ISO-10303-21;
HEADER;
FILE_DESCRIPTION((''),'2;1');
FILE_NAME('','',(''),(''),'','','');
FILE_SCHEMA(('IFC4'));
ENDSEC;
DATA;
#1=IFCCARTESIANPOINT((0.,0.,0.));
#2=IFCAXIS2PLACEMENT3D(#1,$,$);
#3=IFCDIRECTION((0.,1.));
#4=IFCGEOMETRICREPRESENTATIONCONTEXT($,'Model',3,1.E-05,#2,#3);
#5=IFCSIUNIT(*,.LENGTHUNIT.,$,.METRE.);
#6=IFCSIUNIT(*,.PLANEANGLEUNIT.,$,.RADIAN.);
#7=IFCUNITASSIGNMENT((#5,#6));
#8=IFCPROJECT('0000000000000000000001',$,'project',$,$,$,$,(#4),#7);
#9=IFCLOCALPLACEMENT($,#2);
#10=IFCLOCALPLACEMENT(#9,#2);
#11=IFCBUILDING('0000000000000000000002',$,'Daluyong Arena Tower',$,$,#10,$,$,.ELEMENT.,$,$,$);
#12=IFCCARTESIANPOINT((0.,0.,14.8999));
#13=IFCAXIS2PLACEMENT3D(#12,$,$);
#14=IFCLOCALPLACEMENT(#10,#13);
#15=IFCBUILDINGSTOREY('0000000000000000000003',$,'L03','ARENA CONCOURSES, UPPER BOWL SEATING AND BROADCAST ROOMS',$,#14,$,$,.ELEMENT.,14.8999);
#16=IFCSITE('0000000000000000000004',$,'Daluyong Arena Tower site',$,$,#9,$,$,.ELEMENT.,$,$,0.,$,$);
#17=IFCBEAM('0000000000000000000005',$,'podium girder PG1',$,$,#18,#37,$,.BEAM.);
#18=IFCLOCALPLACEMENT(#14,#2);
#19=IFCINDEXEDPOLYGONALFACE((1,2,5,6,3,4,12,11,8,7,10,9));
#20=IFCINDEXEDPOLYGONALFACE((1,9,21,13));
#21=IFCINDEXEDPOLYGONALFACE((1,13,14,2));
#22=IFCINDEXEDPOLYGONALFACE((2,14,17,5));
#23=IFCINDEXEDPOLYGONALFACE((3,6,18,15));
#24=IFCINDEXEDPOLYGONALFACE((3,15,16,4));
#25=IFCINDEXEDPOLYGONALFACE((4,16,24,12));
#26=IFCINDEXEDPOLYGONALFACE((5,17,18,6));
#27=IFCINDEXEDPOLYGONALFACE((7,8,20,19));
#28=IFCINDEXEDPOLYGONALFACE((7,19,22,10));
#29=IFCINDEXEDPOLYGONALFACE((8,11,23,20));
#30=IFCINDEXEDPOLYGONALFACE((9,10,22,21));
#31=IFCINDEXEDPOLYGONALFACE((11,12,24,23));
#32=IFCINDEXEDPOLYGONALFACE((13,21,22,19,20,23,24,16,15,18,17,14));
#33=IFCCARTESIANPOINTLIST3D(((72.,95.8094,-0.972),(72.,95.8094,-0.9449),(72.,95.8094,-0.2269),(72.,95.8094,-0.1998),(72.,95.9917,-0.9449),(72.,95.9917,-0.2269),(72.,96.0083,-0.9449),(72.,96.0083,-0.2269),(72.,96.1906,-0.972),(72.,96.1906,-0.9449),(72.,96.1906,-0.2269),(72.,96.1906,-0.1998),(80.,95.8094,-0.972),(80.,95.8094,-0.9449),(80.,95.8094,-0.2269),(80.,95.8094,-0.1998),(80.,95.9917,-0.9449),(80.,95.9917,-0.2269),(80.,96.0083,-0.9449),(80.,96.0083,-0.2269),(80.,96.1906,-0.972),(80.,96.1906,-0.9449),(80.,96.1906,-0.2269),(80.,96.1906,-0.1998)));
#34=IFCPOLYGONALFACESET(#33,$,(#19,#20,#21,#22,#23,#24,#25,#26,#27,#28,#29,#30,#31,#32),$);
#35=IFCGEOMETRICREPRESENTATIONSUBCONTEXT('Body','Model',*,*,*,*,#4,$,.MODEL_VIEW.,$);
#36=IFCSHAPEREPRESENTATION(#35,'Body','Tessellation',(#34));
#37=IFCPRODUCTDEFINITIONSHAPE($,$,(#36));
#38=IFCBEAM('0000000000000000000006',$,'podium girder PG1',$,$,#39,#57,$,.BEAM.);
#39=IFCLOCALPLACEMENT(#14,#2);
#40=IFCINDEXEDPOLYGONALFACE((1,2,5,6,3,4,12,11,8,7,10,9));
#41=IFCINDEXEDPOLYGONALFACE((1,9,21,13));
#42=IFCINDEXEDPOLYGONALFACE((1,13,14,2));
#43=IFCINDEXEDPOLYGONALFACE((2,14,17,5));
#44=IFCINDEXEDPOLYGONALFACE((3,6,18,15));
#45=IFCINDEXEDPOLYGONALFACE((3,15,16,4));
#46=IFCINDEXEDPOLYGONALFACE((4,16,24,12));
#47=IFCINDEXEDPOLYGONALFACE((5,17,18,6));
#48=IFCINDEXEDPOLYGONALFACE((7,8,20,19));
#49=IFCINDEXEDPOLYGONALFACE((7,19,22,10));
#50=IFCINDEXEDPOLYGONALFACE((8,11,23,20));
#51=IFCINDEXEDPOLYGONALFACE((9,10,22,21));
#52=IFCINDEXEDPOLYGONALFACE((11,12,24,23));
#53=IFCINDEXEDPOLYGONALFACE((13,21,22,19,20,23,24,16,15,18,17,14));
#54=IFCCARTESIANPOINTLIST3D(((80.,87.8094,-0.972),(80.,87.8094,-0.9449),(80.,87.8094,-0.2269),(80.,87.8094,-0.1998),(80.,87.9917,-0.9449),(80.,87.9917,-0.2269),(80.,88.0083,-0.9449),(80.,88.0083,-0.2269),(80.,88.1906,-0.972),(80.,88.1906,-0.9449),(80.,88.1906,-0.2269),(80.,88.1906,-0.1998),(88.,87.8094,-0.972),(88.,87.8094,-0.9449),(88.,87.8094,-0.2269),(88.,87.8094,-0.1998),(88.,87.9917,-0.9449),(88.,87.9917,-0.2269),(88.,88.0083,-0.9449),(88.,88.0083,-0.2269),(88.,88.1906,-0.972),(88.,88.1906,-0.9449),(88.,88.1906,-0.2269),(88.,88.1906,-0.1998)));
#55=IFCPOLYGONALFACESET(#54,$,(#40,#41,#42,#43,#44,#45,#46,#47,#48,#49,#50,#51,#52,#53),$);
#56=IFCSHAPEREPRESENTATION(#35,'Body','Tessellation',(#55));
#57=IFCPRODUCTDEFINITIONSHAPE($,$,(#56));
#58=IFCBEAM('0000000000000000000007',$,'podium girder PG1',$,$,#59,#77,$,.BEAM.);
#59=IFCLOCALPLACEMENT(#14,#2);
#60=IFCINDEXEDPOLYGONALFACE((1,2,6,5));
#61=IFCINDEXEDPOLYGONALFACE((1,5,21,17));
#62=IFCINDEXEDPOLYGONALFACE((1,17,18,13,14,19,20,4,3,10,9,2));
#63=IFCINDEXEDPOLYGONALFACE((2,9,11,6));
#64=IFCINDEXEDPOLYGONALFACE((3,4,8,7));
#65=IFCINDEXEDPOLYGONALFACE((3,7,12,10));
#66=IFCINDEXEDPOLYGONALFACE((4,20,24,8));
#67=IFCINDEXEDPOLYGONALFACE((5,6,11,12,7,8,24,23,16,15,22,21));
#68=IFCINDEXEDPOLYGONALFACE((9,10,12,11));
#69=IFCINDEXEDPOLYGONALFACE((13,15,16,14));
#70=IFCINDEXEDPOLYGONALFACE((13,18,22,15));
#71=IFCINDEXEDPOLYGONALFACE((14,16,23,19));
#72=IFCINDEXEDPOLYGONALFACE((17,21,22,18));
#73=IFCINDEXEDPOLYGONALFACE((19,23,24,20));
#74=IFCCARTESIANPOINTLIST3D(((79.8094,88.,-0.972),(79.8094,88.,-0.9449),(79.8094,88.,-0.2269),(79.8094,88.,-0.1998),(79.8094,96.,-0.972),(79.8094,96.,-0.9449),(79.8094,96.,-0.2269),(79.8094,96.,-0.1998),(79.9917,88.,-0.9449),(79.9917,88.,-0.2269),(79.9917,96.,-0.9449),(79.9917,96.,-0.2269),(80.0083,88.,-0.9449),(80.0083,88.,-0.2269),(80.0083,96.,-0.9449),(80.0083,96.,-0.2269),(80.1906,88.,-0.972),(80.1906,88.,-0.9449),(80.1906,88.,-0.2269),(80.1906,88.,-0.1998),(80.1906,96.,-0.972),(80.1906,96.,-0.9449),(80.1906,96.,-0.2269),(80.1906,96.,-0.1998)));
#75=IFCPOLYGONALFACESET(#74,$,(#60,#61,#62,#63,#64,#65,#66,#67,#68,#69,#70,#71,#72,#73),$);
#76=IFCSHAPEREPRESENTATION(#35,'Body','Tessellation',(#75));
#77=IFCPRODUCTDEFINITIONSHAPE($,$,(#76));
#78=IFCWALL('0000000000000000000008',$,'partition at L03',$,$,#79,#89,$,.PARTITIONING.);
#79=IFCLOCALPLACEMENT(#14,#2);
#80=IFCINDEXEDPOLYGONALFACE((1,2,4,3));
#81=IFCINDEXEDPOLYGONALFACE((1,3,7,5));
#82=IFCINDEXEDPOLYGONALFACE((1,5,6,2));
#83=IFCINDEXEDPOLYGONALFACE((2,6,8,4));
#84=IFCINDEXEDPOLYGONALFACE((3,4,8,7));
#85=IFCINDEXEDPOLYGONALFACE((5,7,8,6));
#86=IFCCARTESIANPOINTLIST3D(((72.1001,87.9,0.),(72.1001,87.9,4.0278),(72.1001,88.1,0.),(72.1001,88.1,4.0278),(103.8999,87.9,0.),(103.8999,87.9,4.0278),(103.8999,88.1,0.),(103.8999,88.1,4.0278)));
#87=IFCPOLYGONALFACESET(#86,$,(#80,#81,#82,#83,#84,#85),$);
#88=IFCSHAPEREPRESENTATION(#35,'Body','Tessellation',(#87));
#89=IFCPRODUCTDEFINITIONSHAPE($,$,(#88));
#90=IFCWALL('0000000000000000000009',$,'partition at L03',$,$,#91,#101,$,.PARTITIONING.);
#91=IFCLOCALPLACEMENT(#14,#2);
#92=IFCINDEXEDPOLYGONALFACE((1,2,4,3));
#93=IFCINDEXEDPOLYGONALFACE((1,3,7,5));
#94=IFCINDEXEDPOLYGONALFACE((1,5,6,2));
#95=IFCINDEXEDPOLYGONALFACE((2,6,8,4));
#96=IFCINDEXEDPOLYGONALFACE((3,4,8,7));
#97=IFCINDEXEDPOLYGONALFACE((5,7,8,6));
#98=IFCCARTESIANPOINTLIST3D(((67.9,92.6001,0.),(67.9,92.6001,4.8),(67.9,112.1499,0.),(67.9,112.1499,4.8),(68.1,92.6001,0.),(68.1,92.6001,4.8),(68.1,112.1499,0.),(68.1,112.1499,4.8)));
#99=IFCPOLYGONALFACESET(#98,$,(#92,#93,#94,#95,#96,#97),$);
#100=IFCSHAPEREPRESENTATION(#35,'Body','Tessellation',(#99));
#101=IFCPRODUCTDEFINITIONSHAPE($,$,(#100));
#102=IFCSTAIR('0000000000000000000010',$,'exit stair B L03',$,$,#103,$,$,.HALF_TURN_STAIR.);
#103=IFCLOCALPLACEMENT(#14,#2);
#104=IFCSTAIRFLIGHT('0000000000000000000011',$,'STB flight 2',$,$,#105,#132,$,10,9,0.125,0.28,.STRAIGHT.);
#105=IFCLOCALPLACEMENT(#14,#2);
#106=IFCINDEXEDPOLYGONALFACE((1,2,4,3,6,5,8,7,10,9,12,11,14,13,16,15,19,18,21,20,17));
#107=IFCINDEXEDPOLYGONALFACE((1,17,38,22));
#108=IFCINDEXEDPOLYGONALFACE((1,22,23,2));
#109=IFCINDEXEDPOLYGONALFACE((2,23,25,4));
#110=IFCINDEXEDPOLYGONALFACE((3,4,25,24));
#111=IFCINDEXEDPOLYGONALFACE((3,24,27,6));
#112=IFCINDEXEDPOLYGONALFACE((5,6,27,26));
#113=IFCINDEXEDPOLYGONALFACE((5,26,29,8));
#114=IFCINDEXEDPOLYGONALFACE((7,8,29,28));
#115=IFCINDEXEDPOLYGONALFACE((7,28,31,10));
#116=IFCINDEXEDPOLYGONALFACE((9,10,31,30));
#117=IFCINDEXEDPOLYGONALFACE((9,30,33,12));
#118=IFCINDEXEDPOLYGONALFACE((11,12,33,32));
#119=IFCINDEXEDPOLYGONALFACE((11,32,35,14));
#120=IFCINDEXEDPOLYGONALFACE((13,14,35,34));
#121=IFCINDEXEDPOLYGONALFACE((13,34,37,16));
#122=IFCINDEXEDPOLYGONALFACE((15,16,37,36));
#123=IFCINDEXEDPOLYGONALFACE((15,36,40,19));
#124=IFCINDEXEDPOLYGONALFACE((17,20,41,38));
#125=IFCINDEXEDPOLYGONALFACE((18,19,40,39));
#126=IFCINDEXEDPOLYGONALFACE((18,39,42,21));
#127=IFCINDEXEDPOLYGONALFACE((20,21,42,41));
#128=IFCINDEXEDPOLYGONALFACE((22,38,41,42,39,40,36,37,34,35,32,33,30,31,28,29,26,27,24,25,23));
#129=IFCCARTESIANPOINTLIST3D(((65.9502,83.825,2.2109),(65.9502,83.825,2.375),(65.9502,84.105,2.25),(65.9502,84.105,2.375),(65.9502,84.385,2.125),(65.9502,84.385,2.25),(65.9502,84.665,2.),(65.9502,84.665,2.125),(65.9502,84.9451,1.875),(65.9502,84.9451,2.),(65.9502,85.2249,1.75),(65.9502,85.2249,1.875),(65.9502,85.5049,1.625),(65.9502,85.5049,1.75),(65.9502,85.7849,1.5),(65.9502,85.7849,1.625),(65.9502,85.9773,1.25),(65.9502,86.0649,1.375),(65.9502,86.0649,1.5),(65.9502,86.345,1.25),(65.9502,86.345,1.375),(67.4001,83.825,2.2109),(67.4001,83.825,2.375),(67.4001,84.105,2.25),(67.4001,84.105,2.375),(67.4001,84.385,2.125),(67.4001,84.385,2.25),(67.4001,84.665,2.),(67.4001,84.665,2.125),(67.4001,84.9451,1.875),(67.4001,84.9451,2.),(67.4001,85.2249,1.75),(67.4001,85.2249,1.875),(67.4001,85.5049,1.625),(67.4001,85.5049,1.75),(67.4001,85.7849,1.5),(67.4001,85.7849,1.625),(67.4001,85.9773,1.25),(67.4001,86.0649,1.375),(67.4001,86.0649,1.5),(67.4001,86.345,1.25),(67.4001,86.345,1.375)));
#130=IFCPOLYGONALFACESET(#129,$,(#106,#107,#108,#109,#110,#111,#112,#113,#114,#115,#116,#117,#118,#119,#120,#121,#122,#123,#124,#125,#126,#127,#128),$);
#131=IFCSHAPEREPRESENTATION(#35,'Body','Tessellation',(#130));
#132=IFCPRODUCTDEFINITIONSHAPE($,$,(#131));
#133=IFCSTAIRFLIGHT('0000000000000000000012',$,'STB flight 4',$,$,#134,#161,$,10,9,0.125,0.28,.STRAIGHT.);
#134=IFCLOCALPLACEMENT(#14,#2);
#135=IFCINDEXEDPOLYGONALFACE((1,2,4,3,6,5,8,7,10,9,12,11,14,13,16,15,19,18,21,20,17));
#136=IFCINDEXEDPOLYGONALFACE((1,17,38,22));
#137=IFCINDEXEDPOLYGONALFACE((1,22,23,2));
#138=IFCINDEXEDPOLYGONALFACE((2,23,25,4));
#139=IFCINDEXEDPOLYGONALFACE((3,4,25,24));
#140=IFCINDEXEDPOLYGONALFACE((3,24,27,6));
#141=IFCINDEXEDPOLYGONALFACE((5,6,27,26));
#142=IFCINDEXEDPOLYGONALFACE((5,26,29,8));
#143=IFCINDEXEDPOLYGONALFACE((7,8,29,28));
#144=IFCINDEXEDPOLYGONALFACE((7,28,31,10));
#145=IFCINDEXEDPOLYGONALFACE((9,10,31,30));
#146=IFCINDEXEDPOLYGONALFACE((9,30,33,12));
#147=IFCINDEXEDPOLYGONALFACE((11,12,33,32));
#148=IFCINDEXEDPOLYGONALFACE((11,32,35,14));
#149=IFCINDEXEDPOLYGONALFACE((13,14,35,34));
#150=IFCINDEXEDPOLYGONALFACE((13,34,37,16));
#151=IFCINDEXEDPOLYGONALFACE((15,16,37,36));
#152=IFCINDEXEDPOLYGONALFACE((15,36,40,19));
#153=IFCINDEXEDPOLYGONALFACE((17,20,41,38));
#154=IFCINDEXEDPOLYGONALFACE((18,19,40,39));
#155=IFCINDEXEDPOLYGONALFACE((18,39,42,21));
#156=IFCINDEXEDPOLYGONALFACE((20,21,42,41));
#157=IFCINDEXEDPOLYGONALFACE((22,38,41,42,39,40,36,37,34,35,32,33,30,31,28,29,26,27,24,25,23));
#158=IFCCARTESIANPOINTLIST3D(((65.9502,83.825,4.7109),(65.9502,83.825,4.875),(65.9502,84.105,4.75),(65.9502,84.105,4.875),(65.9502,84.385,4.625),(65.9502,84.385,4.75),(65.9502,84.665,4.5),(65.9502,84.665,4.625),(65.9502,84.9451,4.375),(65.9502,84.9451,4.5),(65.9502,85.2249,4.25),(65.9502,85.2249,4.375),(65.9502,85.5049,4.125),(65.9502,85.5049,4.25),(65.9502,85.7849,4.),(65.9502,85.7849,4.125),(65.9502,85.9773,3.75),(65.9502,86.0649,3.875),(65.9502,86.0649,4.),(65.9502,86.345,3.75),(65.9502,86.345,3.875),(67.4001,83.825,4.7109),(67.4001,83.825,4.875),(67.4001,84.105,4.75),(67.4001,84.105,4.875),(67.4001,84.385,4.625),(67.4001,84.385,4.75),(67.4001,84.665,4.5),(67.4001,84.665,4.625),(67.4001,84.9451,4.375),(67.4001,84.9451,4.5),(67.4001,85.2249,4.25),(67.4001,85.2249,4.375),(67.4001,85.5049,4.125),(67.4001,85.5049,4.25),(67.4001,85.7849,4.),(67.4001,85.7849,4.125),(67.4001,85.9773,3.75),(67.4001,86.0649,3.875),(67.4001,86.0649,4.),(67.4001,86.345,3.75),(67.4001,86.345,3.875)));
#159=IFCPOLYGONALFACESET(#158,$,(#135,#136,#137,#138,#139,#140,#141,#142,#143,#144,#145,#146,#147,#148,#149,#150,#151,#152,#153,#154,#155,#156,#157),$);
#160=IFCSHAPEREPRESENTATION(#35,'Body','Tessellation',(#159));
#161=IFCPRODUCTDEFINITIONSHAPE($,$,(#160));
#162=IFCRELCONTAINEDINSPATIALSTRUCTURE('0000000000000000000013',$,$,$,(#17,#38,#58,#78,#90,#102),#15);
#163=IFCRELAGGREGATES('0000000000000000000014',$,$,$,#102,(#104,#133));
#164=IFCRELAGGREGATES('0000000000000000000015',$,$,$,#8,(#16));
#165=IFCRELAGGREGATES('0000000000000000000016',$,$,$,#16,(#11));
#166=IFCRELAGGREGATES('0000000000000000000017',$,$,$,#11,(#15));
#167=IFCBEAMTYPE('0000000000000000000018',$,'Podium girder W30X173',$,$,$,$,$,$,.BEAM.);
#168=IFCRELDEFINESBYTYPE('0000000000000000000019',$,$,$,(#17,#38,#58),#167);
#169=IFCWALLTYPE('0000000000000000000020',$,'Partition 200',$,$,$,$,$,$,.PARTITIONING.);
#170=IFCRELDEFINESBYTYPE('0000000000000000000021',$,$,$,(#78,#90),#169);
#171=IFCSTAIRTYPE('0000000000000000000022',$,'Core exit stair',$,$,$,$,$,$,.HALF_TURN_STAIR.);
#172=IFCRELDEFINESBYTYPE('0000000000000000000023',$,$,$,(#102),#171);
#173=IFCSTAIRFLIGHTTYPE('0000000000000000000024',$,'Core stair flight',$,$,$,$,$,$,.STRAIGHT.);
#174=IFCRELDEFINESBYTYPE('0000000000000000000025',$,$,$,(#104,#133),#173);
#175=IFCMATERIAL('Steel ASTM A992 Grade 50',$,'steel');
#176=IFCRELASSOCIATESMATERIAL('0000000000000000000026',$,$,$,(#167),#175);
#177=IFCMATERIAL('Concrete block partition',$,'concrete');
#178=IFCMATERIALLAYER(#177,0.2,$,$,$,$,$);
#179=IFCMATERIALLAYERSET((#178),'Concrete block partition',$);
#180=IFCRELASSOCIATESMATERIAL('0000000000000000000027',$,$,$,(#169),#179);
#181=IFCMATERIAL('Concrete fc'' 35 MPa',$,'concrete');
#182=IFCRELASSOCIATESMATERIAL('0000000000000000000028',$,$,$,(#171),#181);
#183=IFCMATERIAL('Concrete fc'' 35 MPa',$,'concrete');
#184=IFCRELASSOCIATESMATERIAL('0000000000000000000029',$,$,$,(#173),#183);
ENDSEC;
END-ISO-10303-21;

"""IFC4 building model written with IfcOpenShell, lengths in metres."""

from ifc_helpers import new_model, si_unit, direction, frame, frame_2d, origin, origin_2d, place, context, subcontext, project, spatial, polyline, rectangle, i_section, outline, extrude, material, layer, layer_set, material_profile, profile_set, type_object, element, aggregate, save


model = new_model("IFC4")

# Units and contexts
model_context = context("Model", 3, precision=1e-05, world=origin(), true_north=direction((0.0, 1.0)))
body_context = subcontext(model_context, "Body", "Model", "MODEL_VIEW")
ifc_project = project(units=[si_unit("LENGTHUNIT", "METRE"), si_unit("PLANEANGLEUNIT", "RADIAN")], contexts=[model_context])

# Site, building, storey
site_placement = place(None, origin())
site = spatial("IfcSite", under=ifc_project, at=site_placement, Name="Daluyong Arena Tower site", CompositionType="ELEMENT", RefElevation=0.0)
building_placement = place(site_placement, origin())
building = spatial("IfcBuilding", under=site, at=building_placement, Name="Daluyong Arena Tower", CompositionType="ELEMENT")
storey_placement = place(building_placement, frame((0.0, 0.0, 14.8999)))
storey = spatial("IfcBuildingStorey", under=building, at=storey_placement, Name="L03", Description="ARENA CONCOURSES, UPPER BOWL SEATING AND BROADCAST ROOMS", CompositionType="ELEMENT", Elevation=14.8999)

# Beams
ifc_material_1 = material(Name="Steel ASTM A992 Grade 50", Category="steel")
ifc_material_profile_1 = material_profile(ifc_material_1, i_section(OverallWidth=0.3811, OverallDepth=0.7722, WebThickness=0.0166, FlangeThickness=0.0271, at=origin_2d()))
ifc_profile_set_1 = profile_set([ifc_material_profile_1], Name="Steel ASTM A992 Grade 50")
beam_type_1 = type_object("IfcBeamType", Name="Podium girder W30X173", PredefinedType="BEAM", material=ifc_profile_set_1)
for number, where, z_axis, x_axis, name in (
    (1, (72.0, 96.0, -0.5859), (1.0, 0.0, 0.0), (0.0, 1.0, 0.0), "podium girder PG1"),
    (2, (80.0, 88.0, -0.5859), (1.0, 0.0, 0.0), (0.0, 1.0, 0.0), "podium girder PG1"),
    (3, (80.0, 88.0, -0.5859), (0.0, 1.0, 0.0), (-1.0, 0.0, 0.0), "podium girder PG1"),
):
    element("IfcBeam", number, at=place(storey_placement, frame(where, z_axis=z_axis, x_axis=x_axis)), inside=storey, type_object=beam_type_1, Name=name, PredefinedType="BEAM", context=body_context, shape_type="SweptSolid", body=[
        extrude(i_section(OverallWidth=0.3811, OverallDepth=0.7722, WebThickness=0.0166, FlangeThickness=0.0271, at=origin_2d()), origin(), (0.0, 0.0, 1.0), 8.0),
    ])

# Walls
ifc_material_2 = material(Name="Concrete block partition", Category="concrete")
ifc_layer = layer(ifc_material_2, 0.2)
ifc_layer_set = layer_set([ifc_layer], Name="Concrete block partition")
wall_type = type_object("IfcWallType", Name="Partition 200", PredefinedType="PARTITIONING", material=ifc_layer_set)
wall_1_placement = place(storey_placement, frame((72.1001, 88.0, 0.0), z_axis=(0.0, 0.0, 1.0), x_axis=(1.0, 0.0, 0.0)))
element("IfcWall", 4, at=wall_1_placement, inside=storey, type_object=wall_type, Name="partition at L03", PredefinedType="PARTITIONING", context=body_context, shape_type="SweptSolid", body=[
    extrude(rectangle(XDim=31.7998, YDim=0.2, at=frame_2d((15.8999, 0.0))), origin(), (0.0, 0.0, 1.0), 4.0278),
])
wall_2_placement = place(storey_placement, frame((68.0, 92.6001, 0.0), z_axis=(0.0, 0.0, 1.0), x_axis=(0.0, 1.0, 0.0)))
element("IfcWall", 5, at=wall_2_placement, inside=storey, type_object=wall_type, Name="partition at L03", PredefinedType="PARTITIONING", context=body_context, shape_type="SweptSolid", body=[
    extrude(rectangle(XDim=19.5498, YDim=0.2, at=frame_2d((9.7749, 0.0))), origin(), (0.0, 0.0, 1.0), 4.8),
])

# Stair, stair flights
ifc_material_3 = material(Name="Concrete fc' 35 MPa", Category="concrete")
stair_type = type_object("IfcStairType", Name="Core exit stair", PredefinedType="HALF_TURN_STAIR", material=ifc_material_3)
stair_placement = place(storey_placement, origin())
stair = element("IfcStair", 6, at=stair_placement, inside=storey, type_object=stair_type, Name="exit stair B L03", PredefinedType="HALF_TURN_STAIR")
ifc_material_4 = material(Name="Concrete fc' 35 MPa", Category="concrete")
stair_flight_type = type_object("IfcStairFlightType", Name="Core stair flight", PredefinedType="STRAIGHT", material=ifc_material_4)
stair_flight_1_placement = place(storey_placement, frame((66.675, 86.345, 1.25), z_axis=(0.0, 0.0, 1.0), x_axis=(0.0, -1.0, 0.0)))
stair_flight_1 = element("IfcStairFlight", 7, at=stair_flight_1_placement, type_object=stair_flight_type, Name="STB flight 2", NumberOfRisers=10, NumberOfTreads=9, PredefinedType="STRAIGHT", RiserHeight=0.125, TreadLength=0.28, context=body_context, shape_type="SweptSolid", body=[
    extrude(outline(polyline([(0.0, 0.0), (0.0, 0.125), (0.28, 0.125), (0.28, 0.25), (0.5601, 0.25), (0.5601, 0.375), (0.8401, 0.375), (0.8401, 0.5), (1.1201, 0.5), (1.1201, 0.625), (1.3999, 0.625), (1.3999, 0.75), (1.6799, 0.75), (1.6799, 0.875), (1.96, 0.875), (1.96, 1.0), (2.24, 1.0), (2.24, 1.125), (2.52, 1.125), (2.52, 1.25), (2.52, 0.9609), (0.3677, 0.0), (0.0, 0.0)])), frame((0.0, 0.7251, 0.0), z_axis=(0.0, -1.0, 0.0), x_axis=(1.0, 0.0, 0.0)), (0.0, 0.0, 1.0), 1.45),
])
stair_flight_2_placement = place(storey_placement, frame((66.675, 86.345, 3.75), z_axis=(0.0, 0.0, 1.0), x_axis=(0.0, -1.0, 0.0)))
stair_flight_2 = element("IfcStairFlight", 8, at=stair_flight_2_placement, type_object=stair_flight_type, Name="STB flight 4", NumberOfRisers=10, NumberOfTreads=9, PredefinedType="STRAIGHT", RiserHeight=0.125, TreadLength=0.28, context=body_context, shape_type="SweptSolid", body=[
    extrude(outline(polyline([(0.0, 0.0), (0.0, 0.125), (0.28, 0.125), (0.28, 0.25), (0.5601, 0.25), (0.5601, 0.375), (0.8401, 0.375), (0.8401, 0.5), (1.1201, 0.5), (1.1201, 0.625), (1.3999, 0.625), (1.3999, 0.75), (1.6799, 0.75), (1.6799, 0.875), (1.96, 0.875), (1.96, 1.0), (2.24, 1.0), (2.24, 1.125), (2.52, 1.125), (2.52, 1.25), (2.52, 0.9609), (0.3677, 0.0), (0.0, 0.0)])), frame((0.0, 0.7251, 0.0), z_axis=(0.0, -1.0, 0.0), x_axis=(1.0, 0.0, 0.0)), (0.0, 0.0, 1.0), 1.45),
])
aggregate(stair, [stair_flight_1, stair_flight_2])

save(model, "model.ifc")
